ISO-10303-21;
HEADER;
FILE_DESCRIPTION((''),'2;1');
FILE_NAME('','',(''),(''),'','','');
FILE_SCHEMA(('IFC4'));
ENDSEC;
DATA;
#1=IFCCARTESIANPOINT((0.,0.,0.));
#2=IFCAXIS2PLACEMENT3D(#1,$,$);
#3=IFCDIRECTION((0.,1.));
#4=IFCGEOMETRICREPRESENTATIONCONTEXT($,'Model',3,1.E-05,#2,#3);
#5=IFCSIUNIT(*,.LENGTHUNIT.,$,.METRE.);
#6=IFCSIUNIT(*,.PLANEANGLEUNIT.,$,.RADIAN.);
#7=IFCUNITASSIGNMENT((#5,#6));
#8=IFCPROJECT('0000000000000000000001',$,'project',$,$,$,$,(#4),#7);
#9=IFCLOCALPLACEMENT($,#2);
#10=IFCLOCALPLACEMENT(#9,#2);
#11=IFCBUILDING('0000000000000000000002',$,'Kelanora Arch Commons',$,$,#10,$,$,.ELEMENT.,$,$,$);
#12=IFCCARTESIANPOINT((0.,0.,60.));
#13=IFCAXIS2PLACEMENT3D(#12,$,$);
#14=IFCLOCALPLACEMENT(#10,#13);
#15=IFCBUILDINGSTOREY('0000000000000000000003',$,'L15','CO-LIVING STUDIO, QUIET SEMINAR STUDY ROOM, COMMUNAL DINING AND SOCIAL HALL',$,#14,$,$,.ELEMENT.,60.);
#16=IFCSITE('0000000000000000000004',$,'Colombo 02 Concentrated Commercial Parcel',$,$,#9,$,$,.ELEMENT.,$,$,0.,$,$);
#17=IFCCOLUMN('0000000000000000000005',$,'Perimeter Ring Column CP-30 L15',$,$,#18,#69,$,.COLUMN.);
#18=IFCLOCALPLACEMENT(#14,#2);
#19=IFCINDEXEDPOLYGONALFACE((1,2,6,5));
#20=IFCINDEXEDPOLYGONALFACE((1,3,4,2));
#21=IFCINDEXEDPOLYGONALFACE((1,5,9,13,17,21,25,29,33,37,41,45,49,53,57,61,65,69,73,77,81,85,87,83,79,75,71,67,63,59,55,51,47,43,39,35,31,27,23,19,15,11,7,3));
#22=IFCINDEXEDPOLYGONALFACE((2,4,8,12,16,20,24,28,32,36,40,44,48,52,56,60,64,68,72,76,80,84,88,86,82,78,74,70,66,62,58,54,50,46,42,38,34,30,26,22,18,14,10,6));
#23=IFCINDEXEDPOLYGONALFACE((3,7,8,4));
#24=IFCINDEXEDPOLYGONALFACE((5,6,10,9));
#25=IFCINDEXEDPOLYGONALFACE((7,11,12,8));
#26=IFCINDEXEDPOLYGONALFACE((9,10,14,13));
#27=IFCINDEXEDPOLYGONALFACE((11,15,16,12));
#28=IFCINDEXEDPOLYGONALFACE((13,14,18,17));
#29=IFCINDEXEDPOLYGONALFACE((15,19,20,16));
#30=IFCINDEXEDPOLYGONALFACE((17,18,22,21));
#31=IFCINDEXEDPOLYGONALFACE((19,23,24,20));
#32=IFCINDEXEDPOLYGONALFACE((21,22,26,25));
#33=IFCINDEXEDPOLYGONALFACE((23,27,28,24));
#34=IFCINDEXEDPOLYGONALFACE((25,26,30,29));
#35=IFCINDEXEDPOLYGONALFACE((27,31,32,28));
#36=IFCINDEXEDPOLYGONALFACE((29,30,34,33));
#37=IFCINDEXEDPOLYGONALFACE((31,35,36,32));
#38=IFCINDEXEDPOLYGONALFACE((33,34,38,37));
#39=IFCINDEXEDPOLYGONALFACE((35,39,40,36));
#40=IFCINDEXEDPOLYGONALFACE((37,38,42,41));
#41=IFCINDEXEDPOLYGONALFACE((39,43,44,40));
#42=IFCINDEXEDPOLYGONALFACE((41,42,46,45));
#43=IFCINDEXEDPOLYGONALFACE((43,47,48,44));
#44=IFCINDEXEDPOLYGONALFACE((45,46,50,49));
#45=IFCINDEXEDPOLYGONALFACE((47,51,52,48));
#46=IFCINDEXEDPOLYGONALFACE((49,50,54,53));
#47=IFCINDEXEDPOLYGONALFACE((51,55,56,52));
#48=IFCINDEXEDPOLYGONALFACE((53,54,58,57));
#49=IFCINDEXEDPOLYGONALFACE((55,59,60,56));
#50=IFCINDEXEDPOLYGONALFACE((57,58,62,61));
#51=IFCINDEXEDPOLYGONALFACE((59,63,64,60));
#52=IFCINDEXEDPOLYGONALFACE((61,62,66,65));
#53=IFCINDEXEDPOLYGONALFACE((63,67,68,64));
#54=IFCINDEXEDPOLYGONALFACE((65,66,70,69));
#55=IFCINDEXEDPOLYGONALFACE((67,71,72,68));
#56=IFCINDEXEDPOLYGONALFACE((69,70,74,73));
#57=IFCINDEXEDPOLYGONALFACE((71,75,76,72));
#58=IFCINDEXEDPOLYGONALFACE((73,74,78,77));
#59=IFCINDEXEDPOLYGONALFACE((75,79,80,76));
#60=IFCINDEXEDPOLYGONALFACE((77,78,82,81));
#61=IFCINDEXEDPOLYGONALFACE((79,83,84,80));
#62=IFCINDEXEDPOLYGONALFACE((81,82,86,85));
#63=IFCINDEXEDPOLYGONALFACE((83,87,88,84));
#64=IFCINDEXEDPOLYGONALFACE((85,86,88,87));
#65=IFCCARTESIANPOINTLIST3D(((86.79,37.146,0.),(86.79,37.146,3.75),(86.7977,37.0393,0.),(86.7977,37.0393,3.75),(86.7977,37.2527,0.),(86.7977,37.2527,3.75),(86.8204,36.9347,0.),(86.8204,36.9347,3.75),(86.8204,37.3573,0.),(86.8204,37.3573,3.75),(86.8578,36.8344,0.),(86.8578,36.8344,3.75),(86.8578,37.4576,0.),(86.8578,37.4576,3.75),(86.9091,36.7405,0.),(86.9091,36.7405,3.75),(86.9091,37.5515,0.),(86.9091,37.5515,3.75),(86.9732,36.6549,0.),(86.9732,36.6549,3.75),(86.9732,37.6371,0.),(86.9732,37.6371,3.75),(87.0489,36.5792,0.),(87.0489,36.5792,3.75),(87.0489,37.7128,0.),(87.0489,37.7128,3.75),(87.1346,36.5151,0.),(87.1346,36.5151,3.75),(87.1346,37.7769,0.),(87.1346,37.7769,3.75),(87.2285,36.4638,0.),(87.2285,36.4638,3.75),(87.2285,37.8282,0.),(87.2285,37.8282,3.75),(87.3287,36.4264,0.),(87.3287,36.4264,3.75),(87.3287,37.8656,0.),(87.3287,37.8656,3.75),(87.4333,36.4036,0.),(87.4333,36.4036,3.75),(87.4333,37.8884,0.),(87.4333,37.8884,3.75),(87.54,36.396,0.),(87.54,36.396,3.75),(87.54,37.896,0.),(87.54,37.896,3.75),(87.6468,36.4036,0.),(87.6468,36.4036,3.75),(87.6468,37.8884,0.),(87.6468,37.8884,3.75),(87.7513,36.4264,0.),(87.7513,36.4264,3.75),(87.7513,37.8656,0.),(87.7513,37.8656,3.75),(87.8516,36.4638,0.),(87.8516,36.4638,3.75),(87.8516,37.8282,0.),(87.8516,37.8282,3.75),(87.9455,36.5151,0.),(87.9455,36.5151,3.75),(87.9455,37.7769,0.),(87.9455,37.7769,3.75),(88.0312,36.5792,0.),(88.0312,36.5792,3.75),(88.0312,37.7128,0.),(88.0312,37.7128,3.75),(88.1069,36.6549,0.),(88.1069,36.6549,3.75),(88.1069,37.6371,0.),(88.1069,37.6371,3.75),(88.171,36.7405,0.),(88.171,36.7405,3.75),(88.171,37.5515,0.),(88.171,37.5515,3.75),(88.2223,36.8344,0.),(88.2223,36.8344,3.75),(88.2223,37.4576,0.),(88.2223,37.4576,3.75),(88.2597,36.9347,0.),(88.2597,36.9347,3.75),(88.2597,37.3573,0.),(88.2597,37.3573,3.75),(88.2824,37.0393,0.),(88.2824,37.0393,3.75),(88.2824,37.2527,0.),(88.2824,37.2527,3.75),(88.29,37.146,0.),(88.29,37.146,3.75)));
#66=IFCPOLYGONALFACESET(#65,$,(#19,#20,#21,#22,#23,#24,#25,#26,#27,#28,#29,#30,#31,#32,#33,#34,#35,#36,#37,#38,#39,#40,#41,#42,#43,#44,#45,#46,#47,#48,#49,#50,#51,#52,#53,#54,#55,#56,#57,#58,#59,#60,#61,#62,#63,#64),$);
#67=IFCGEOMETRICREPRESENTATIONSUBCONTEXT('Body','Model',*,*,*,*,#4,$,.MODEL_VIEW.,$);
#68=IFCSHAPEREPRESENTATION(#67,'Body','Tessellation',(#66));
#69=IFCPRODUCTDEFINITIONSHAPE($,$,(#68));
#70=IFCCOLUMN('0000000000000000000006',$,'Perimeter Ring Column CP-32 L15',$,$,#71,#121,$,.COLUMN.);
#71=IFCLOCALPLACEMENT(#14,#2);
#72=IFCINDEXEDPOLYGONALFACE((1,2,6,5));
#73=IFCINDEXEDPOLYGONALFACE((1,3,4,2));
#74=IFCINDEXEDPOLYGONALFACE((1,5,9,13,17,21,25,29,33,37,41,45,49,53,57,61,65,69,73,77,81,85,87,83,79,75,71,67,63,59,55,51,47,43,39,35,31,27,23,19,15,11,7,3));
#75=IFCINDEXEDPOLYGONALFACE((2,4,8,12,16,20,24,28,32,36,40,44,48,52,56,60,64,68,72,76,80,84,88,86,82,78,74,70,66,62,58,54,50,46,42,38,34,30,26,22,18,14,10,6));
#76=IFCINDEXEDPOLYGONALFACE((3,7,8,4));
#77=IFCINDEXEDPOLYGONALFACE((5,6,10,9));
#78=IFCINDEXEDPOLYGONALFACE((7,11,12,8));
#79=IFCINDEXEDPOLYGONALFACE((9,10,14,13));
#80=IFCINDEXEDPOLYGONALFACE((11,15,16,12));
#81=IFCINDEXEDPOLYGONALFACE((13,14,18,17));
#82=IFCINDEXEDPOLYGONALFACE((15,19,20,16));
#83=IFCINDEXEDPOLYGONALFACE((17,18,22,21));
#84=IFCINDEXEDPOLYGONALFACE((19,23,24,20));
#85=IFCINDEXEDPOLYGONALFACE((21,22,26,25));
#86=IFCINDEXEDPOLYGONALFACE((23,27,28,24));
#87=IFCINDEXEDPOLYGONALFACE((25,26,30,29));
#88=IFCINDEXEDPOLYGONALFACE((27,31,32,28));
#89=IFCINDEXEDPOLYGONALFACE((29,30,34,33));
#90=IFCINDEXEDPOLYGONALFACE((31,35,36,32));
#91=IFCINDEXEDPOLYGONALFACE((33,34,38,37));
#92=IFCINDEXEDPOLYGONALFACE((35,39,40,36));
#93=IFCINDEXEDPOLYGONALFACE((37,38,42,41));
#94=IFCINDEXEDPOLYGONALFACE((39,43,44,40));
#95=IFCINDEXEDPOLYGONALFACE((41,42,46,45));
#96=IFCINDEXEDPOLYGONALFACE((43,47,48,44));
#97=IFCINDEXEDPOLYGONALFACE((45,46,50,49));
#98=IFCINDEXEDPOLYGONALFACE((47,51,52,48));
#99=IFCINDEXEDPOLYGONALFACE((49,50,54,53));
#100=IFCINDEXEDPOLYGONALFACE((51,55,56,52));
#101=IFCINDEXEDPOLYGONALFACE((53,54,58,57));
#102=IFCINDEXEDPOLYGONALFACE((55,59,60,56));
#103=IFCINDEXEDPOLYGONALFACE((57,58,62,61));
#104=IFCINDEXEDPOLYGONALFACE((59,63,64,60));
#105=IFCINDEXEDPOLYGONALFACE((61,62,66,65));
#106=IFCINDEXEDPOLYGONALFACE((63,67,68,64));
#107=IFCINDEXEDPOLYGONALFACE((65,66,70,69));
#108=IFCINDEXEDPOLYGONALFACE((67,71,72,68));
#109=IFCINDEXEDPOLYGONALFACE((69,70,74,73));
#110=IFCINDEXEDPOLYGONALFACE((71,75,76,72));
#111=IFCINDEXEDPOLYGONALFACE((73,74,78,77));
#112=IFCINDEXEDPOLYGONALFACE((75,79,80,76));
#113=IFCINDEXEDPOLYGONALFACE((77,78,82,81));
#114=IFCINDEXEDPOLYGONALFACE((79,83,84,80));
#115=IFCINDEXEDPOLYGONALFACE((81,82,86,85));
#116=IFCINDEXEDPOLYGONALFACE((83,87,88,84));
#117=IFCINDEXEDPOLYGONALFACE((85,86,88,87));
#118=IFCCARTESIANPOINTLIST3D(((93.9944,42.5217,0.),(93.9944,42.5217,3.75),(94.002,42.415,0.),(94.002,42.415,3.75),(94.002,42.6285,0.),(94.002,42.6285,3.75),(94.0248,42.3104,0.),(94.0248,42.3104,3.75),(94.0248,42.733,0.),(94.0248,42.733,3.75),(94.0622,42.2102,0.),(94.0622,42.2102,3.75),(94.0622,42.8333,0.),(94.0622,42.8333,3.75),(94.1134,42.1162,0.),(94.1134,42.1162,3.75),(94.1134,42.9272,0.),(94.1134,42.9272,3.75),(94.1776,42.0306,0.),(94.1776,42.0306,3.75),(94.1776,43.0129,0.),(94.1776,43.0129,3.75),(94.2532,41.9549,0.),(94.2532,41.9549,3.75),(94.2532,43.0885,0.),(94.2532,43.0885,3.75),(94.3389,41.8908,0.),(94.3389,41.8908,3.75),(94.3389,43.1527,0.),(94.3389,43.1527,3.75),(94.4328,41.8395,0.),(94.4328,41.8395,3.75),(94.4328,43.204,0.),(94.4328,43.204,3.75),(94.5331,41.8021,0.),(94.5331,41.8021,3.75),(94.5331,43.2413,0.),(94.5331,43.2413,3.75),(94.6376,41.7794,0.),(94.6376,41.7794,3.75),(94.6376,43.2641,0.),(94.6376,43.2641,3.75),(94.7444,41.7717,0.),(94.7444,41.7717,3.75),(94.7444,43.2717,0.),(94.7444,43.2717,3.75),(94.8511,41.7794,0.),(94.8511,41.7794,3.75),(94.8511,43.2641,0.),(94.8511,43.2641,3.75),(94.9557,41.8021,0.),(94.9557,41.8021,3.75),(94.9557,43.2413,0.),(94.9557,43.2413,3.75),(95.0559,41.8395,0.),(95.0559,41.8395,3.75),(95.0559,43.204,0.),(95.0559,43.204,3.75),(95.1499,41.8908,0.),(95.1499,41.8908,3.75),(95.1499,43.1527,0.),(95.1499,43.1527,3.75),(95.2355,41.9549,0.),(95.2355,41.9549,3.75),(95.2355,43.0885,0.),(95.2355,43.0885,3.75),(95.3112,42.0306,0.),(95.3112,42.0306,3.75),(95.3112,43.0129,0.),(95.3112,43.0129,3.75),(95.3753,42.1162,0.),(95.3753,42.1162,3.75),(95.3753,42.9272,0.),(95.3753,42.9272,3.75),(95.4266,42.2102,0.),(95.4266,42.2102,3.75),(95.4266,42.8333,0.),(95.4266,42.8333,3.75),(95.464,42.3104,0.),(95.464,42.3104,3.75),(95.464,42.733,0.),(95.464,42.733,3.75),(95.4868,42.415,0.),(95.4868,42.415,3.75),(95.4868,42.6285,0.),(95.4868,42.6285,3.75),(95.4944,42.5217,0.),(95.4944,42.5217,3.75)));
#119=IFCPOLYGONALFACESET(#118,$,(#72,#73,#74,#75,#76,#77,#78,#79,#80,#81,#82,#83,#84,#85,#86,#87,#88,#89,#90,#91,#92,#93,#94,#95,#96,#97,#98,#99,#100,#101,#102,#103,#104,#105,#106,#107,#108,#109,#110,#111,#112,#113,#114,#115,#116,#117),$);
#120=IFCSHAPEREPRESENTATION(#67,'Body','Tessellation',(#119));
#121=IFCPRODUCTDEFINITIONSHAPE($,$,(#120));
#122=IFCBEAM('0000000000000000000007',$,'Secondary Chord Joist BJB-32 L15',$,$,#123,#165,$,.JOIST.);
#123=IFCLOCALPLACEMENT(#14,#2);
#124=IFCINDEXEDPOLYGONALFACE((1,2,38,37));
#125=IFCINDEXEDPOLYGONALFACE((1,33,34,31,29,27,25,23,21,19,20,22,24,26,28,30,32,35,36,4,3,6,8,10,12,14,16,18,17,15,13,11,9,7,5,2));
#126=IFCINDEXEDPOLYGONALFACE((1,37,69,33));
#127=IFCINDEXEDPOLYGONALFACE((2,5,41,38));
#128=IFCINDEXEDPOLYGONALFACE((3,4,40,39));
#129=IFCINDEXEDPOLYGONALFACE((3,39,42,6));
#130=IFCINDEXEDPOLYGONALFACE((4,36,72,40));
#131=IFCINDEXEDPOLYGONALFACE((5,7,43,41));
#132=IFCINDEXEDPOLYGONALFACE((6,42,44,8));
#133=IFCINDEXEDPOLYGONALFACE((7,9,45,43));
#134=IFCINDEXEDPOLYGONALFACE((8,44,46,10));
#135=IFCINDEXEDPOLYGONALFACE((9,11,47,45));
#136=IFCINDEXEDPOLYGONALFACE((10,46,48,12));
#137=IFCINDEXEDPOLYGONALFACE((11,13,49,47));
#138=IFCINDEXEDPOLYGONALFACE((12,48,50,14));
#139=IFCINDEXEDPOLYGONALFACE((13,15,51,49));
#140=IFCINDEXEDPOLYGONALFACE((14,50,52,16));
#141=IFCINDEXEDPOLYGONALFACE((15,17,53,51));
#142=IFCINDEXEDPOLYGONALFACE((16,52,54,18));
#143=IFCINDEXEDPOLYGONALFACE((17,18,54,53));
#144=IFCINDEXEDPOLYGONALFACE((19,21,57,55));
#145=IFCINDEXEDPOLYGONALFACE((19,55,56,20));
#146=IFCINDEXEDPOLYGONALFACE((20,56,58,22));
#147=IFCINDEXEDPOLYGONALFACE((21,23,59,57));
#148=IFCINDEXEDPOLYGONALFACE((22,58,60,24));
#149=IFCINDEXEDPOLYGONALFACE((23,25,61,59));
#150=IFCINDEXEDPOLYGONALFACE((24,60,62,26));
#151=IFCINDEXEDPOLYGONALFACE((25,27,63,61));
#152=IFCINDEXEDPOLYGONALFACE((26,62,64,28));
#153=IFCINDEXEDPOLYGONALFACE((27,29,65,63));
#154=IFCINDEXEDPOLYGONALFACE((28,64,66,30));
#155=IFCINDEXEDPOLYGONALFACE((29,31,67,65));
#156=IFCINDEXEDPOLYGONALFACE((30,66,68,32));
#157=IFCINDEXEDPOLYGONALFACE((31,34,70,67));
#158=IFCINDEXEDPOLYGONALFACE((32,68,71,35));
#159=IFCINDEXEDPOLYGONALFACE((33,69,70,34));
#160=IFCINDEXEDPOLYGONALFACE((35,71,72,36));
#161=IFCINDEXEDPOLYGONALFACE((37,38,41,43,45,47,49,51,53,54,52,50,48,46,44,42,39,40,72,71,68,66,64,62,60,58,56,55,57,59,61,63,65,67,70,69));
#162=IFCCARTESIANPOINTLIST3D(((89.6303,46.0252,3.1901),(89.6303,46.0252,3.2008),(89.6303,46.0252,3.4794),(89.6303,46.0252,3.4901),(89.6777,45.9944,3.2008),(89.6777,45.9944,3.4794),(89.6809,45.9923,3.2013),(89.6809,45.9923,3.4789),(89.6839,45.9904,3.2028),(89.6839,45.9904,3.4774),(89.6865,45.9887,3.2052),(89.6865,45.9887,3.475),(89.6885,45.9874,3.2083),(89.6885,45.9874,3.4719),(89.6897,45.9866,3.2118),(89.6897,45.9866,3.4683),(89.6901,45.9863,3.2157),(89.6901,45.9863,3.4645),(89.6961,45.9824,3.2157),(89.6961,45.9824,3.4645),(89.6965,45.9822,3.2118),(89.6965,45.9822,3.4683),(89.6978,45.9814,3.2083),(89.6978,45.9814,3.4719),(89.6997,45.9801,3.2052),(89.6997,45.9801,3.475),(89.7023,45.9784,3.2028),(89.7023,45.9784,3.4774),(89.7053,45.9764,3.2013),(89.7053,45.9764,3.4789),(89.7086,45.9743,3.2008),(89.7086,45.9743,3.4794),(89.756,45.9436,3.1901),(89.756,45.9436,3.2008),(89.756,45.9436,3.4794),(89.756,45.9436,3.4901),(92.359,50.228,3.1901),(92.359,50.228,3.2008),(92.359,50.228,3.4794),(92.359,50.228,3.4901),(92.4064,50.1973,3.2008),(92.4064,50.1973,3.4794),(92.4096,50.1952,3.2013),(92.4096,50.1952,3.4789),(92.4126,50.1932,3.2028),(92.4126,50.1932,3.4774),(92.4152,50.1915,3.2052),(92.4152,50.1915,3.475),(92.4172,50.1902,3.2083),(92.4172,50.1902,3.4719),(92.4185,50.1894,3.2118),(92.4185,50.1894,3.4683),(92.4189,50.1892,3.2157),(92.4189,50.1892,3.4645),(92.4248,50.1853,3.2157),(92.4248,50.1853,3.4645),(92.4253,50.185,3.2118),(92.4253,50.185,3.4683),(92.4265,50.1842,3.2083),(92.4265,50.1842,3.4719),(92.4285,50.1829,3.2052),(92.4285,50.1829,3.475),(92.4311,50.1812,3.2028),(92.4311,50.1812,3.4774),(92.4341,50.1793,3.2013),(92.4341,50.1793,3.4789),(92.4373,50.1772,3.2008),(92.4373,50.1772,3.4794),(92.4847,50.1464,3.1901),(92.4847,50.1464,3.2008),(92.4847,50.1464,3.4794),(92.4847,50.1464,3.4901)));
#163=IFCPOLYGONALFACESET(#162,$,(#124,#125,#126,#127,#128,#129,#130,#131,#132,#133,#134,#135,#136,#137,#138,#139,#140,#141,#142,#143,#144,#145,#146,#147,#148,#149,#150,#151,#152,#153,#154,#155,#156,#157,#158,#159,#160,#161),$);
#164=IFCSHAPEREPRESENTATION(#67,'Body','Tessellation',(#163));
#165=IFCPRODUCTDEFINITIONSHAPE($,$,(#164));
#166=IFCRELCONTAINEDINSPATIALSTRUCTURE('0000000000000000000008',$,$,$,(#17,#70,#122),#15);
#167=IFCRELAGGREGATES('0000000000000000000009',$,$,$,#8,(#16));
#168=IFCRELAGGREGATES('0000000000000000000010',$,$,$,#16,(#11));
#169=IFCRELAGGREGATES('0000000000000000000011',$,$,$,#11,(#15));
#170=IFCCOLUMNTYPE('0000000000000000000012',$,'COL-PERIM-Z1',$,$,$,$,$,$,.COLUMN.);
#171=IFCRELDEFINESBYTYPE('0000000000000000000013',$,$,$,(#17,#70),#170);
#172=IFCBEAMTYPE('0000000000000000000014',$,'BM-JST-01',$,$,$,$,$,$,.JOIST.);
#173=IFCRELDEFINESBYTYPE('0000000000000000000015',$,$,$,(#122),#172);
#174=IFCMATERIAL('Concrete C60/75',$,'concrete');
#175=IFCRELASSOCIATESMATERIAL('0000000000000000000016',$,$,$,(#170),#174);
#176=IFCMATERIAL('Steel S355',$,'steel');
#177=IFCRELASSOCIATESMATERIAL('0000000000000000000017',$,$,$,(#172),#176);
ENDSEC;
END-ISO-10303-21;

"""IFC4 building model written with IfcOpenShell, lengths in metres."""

from ifc_helpers import new_model, si_unit, direction, frame, origin, origin_2d, place, context, subcontext, project, spatial, circle, i_section, extrude, material, material_profile, profile_set, type_object, element, save


model = new_model("IFC4")

# Units and contexts
model_context = context("Model", 3, precision=1e-05, world=origin(), true_north=direction((0.0, 1.0)))
body_context = subcontext(model_context, "Body", "Model", "MODEL_VIEW")
ifc_project = project(units=[si_unit("LENGTHUNIT", "METRE"), si_unit("PLANEANGLEUNIT", "RADIAN")], contexts=[model_context])

# Site, building, storey
site_placement = place(None, origin())
site = spatial("IfcSite", under=ifc_project, at=site_placement, Name="Colombo 02 Concentrated Commercial Parcel", CompositionType="ELEMENT", RefElevation=0.0)
building_placement = place(site_placement, origin())
building = spatial("IfcBuilding", under=site, at=building_placement, Name="Kelanora Arch Commons", CompositionType="ELEMENT")
storey_placement = place(building_placement, frame((0.0, 0.0, 60.0)))
storey = spatial("IfcBuildingStorey", under=building, at=storey_placement, Name="L15", Description="CO-LIVING STUDIO, QUIET SEMINAR STUDY ROOM, COMMUNAL DINING AND SOCIAL HALL", CompositionType="ELEMENT", Elevation=60.0)

# Columns
ifc_material_1 = material(Name="Concrete C60/75", Category="concrete")
ifc_material_profile_1 = material_profile(ifc_material_1, circle(Radius=0.75, at=origin_2d()), Name="RCC1500")
ifc_profile_set_1 = profile_set([ifc_material_profile_1], Name="Concrete C60/75")
column_type = type_object("IfcColumnType", Name="COL-PERIM-Z1", PredefinedType="COLUMN", material=ifc_profile_set_1)
for number, where, z_axis, x_axis, name in (
    (1, (87.54, 37.146, 0.0), (0.0, 0.0, 1.0), (1.0, 0.0, 0.0), "Perimeter Ring Column CP-30 L15"),
    (2, (94.7444, 42.5217, 0.0), (0.0, 0.0, 1.0), (1.0, 0.0, 0.0), "Perimeter Ring Column CP-32 L15"),
):
    element("IfcColumn", number, at=place(storey_placement, frame(where, z_axis=z_axis, x_axis=x_axis)), inside=storey, type_object=column_type, Name=name, PredefinedType="COLUMN", context=body_context, shape_type="SweptSolid", body=[
        extrude(circle(Radius=0.75, at=origin_2d()), origin(), (0.0, 0.0, 1.0), 3.75),
    ])

# Beam
ifc_material_2 = material(Name="Steel S355", Category="steel")
ifc_material_profile_2 = material_profile(ifc_material_2, i_section(OverallWidth=0.1499, OverallDepth=0.3, WebThickness=0.0071, FlangeThickness=0.0107, FilletRadius=0.0149, at=origin_2d()), Name="IPE300")
ifc_profile_set_2 = profile_set([ifc_material_profile_2], Name="Steel S355")
beam_type_1 = type_object("IfcBeamType", Name="BM-JST-01", PredefinedType="JOIST", material=ifc_profile_set_2)
beam_1_placement = place(storey_placement, frame((89.6931, 45.9844, 3.3401), z_axis=(0.544552, 0.838727, 0.0), x_axis=(-0.838727, 0.544552, 0.0)))
element("IfcBeam", 3, at=beam_1_placement, inside=storey, type_object=beam_type_1, Name="Secondary Chord Joist BJB-32 L15", PredefinedType="JOIST", context=body_context, shape_type="SweptSolid", body=[
    extrude(i_section(OverallWidth=0.1499, OverallDepth=0.3, WebThickness=0.0071, FlangeThickness=0.0107, FilletRadius=0.0149, at=origin_2d()), origin(), (0.0, 0.0, 1.0), 5.011),
])

save(model, "model.ifc")
